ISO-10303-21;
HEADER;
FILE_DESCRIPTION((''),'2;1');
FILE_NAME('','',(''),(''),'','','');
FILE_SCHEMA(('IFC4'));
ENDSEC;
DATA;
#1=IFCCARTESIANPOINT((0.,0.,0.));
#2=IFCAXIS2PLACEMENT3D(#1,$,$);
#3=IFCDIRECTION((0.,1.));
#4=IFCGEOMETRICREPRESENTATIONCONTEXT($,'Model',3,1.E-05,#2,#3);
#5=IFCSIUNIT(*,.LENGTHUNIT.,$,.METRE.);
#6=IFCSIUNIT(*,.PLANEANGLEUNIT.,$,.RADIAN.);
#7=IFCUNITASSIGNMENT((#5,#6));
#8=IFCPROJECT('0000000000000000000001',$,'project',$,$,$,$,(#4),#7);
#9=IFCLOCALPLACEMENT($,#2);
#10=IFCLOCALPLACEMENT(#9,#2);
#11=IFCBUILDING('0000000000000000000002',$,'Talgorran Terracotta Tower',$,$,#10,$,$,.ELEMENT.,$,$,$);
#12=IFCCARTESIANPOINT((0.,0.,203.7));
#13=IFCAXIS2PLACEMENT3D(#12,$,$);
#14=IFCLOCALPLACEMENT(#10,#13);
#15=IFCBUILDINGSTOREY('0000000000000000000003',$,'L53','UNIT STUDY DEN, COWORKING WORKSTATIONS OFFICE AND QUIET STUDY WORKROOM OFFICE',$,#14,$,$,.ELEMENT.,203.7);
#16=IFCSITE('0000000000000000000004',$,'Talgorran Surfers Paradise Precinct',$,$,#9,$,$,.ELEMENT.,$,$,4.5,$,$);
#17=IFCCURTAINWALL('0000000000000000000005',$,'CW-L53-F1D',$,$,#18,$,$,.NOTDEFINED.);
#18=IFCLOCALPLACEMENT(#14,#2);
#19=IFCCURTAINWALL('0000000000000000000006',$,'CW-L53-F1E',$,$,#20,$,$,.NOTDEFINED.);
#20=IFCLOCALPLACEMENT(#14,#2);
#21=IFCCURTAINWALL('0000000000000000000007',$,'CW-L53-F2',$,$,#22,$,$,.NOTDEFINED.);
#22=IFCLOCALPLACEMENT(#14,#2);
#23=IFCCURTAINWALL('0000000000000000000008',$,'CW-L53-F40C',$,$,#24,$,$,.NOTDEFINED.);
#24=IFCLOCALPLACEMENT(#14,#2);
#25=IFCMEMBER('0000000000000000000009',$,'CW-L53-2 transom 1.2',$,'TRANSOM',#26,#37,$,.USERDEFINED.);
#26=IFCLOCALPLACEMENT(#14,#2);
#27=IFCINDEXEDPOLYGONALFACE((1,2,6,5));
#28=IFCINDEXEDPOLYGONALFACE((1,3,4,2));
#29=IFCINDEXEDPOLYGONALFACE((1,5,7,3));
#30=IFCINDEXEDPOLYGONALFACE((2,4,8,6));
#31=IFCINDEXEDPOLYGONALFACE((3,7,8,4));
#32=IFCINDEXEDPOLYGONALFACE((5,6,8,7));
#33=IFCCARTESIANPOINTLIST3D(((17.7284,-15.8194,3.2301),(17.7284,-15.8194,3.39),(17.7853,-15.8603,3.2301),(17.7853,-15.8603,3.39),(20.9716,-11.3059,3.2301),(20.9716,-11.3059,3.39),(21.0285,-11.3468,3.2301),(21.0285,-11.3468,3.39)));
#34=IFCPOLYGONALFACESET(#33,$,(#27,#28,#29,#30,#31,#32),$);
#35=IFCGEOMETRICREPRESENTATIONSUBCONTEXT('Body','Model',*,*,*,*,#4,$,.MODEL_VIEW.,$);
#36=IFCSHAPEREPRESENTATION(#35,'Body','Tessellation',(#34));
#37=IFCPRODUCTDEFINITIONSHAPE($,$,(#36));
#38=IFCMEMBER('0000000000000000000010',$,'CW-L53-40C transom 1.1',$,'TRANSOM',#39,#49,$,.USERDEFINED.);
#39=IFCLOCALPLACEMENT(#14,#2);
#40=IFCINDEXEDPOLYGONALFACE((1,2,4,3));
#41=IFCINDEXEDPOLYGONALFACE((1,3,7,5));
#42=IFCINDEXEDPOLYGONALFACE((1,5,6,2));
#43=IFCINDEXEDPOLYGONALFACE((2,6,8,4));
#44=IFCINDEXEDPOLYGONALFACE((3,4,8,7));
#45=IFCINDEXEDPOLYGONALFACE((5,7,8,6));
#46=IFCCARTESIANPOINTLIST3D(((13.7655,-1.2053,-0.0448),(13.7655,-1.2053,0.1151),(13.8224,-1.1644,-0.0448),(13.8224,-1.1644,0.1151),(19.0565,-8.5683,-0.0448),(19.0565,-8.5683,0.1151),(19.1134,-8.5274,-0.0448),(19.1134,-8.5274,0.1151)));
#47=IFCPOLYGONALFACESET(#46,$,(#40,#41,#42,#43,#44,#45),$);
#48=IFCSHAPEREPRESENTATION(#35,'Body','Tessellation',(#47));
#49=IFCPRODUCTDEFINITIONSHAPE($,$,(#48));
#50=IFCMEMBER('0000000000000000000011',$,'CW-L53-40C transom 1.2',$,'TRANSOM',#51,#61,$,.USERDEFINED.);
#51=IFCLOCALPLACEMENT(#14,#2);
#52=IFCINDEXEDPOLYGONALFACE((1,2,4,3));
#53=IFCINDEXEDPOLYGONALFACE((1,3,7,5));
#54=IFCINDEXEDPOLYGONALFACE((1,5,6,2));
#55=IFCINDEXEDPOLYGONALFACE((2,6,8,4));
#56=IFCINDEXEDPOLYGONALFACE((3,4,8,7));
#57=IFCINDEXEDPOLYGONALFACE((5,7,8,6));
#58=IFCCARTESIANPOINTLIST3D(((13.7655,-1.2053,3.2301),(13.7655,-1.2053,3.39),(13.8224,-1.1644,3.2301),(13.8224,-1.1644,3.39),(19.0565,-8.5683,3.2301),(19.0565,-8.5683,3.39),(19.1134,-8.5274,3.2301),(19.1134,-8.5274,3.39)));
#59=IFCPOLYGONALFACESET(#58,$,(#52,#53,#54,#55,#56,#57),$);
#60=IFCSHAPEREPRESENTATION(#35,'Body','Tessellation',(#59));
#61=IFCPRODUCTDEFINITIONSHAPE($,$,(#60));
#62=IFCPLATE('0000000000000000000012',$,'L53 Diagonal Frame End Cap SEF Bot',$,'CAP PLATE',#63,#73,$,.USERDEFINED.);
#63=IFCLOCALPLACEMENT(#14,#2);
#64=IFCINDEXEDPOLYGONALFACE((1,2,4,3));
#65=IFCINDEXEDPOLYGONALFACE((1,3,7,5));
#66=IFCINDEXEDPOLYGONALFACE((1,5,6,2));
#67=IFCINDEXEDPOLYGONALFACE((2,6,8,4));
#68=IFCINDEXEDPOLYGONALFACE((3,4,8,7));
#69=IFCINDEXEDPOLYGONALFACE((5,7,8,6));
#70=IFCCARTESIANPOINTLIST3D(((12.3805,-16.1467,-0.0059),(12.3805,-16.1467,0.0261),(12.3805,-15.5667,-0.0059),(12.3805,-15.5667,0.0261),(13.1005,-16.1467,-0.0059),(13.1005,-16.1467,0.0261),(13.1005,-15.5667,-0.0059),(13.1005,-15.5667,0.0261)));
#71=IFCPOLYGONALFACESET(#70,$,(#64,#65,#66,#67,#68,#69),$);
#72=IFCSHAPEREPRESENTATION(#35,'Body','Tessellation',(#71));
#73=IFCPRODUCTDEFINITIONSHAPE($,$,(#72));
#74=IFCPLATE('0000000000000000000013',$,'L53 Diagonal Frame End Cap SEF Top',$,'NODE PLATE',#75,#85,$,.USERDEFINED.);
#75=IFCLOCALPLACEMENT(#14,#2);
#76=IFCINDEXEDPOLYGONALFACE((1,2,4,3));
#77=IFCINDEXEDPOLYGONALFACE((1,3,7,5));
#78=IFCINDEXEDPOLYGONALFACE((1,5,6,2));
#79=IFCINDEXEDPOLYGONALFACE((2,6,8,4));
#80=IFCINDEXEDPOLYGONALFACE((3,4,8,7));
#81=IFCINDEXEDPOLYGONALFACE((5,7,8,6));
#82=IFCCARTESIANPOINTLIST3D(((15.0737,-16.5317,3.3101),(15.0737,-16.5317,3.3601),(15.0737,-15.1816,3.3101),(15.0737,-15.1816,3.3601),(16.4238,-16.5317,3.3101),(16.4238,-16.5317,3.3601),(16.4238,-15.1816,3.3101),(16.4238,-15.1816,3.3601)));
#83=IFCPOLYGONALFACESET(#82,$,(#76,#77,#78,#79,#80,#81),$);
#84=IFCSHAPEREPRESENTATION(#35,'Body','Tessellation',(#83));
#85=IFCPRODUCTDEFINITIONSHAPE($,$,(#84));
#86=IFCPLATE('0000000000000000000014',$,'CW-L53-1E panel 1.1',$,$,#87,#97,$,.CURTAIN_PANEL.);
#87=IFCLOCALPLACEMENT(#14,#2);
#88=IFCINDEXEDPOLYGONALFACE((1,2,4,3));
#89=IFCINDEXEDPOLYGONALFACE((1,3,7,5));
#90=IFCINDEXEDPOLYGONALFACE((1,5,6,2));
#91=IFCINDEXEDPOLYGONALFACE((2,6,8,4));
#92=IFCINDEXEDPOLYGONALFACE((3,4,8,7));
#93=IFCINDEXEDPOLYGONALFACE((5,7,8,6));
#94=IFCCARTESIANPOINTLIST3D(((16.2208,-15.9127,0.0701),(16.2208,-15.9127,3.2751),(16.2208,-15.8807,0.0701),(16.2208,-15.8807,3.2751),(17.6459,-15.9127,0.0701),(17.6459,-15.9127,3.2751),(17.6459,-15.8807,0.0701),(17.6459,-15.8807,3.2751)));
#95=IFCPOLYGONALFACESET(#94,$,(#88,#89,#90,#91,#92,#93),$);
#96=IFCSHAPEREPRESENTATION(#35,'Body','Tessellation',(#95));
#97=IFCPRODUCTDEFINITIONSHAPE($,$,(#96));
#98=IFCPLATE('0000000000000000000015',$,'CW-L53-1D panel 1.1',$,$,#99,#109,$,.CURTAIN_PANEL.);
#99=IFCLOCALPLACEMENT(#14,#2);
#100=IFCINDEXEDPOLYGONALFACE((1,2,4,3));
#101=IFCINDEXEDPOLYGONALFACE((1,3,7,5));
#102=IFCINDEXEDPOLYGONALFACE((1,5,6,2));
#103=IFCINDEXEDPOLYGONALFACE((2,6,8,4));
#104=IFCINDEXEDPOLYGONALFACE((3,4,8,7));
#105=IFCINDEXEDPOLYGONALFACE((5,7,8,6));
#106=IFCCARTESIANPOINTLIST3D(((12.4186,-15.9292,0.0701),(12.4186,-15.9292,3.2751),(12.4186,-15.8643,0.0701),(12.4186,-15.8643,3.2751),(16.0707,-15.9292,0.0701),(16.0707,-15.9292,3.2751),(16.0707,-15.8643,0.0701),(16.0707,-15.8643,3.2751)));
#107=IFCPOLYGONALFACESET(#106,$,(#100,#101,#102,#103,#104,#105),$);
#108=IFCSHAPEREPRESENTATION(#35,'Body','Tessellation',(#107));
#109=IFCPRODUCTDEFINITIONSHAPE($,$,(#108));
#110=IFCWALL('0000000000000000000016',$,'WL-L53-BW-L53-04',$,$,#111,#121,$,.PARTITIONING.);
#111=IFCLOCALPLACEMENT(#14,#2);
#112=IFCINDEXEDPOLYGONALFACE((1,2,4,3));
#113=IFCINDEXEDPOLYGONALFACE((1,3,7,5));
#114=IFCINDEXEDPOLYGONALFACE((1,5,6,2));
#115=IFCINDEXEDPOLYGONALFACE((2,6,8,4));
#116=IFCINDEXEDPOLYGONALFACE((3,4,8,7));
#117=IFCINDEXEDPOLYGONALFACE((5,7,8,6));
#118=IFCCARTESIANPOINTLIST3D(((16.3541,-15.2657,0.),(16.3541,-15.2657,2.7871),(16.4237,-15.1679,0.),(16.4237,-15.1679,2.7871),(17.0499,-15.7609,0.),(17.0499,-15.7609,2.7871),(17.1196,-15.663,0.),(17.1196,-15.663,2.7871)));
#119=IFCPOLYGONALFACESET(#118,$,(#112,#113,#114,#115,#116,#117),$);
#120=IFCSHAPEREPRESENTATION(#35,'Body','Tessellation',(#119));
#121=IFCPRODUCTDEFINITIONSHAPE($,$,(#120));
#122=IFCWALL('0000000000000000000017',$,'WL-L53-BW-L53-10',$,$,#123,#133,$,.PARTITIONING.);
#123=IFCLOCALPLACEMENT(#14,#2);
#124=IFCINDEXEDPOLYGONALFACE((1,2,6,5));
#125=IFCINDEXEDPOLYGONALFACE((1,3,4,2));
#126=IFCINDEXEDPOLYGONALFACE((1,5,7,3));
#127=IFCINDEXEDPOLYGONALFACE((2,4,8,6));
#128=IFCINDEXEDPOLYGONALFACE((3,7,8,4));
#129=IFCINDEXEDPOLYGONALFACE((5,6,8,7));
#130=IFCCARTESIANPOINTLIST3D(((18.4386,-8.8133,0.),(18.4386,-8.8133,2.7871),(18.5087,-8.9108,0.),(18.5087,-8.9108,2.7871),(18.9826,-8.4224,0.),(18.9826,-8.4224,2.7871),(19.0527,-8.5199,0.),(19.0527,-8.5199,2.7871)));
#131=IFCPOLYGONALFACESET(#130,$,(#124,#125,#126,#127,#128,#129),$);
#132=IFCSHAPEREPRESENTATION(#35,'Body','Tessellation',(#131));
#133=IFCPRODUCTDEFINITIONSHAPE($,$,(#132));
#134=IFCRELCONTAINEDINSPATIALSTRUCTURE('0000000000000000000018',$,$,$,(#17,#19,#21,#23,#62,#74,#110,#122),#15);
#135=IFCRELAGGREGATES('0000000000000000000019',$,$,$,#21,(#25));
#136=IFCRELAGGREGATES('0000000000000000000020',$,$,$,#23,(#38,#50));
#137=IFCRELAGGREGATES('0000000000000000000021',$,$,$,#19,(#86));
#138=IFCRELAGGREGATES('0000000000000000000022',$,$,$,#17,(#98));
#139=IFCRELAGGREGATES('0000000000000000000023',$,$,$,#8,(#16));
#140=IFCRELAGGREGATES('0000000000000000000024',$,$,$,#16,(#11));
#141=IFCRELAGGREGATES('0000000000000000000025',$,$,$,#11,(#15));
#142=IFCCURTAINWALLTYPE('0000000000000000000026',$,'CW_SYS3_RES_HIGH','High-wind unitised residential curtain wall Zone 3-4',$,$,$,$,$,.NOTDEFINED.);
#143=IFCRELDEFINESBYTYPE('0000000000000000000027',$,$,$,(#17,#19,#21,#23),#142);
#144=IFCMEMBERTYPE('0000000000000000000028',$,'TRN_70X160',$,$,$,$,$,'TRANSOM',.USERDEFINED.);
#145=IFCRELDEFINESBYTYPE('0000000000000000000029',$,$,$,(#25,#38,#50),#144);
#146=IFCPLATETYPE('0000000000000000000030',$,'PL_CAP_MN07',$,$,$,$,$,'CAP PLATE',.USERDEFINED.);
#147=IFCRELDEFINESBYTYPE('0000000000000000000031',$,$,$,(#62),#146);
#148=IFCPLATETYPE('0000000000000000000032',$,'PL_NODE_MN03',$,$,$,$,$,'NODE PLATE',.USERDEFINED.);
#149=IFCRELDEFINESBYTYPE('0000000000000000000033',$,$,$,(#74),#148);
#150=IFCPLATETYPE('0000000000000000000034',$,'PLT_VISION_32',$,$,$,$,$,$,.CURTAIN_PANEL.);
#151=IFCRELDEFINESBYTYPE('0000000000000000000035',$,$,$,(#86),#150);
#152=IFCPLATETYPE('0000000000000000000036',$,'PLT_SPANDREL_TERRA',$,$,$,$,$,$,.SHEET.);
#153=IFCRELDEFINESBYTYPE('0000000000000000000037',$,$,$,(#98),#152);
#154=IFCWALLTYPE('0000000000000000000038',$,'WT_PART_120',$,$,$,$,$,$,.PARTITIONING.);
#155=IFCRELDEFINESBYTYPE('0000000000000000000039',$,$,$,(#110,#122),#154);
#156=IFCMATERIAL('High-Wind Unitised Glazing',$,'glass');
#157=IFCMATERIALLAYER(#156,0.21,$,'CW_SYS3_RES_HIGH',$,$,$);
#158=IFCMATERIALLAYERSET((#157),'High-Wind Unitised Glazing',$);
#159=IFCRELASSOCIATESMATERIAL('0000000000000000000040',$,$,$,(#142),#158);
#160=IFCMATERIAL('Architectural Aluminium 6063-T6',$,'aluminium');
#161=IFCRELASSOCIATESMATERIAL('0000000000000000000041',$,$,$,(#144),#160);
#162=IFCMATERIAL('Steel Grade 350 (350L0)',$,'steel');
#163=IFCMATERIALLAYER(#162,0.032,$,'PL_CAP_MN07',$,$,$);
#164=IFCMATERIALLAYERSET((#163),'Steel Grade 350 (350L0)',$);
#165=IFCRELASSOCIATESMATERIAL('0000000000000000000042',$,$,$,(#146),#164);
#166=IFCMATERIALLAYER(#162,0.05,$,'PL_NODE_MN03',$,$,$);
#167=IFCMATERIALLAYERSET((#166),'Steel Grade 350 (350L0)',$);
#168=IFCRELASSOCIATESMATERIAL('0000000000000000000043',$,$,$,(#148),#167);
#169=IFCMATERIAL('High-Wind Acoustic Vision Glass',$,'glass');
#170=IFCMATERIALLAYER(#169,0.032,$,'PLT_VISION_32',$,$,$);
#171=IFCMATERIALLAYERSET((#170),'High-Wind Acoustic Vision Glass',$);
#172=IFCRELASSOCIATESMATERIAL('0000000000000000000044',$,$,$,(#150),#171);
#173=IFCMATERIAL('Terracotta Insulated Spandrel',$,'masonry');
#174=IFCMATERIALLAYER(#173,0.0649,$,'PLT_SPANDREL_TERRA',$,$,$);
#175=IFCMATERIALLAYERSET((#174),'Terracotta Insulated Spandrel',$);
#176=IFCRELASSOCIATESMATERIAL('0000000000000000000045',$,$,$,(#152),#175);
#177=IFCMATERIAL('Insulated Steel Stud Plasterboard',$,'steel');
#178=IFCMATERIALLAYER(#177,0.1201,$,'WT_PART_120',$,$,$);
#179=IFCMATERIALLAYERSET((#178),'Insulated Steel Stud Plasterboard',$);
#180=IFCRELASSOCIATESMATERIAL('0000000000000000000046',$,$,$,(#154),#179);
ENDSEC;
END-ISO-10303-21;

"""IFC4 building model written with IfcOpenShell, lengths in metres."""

from ifc_helpers import new_model, si_unit, direction, frame, frame_2d, origin, origin_2d, place, context, subcontext, project, spatial, rectangle, extrude, source, transform, mapped, material, layer, layer_set, material_profile, profile_set, type_object, type_shapes, element, aggregate, save


model = new_model("IFC4")

# Units and contexts
model_context = context("Model", 3, precision=1e-05, world=origin(), true_north=direction((0.0, 1.0)))
body_context = subcontext(model_context, "Body", "Model", "MODEL_VIEW")
ifc_project = project(units=[si_unit("LENGTHUNIT", "METRE"), si_unit("PLANEANGLEUNIT", "RADIAN")], contexts=[model_context])

# Site, building, storey
site_placement = place(None, origin())
site = spatial("IfcSite", under=ifc_project, at=site_placement, Name="Talgorran Surfers Paradise Precinct", CompositionType="ELEMENT", RefElevation=4.5)
building_placement = place(site_placement, origin())
building = spatial("IfcBuilding", under=site, at=building_placement, Name="Talgorran Terracotta Tower", CompositionType="ELEMENT")
storey_placement = place(building_placement, frame((0.0, 0.0, 203.7)))
storey = spatial("IfcBuildingStorey", under=building, at=storey_placement, Name="L53", Description="UNIT STUDY DEN, COWORKING WORKSTATIONS OFFICE AND QUIET STUDY WORKROOM OFFICE", CompositionType="ELEMENT", Elevation=203.7)

# Shared definitions
ifc_material_1 = material(Name="Steel Grade 350 (350L0)", Category="steel")

# Curtain wall
ifc_material_2 = material(Name="High-Wind Unitised Glazing", Category="glass")
ifc_layer_1 = layer(ifc_material_2, 0.21, Name="CW_SYS3_RES_HIGH")
ifc_layer_set_1 = layer_set([ifc_layer_1], Name="High-Wind Unitised Glazing")
curtain_wall_type = type_object("IfcCurtainWallType", Name="CW_SYS3_RES_HIGH", Description="High-wind unitised residential curtain wall Zone 3-4", PredefinedType="NOTDEFINED", material=ifc_layer_set_1)
curtain_wall_1_placement = place(storey_placement, origin())
curtain_wall_1 = element("IfcCurtainWall", 1, at=curtain_wall_1_placement, inside=storey, type_object=curtain_wall_type, Name="CW-L53-F1D", PredefinedType="NOTDEFINED")
ifc_material_3 = material(Name="Architectural Aluminium 6063-T6", Category="aluminium")

# Curtain wall
curtain_wall_2_placement = place(storey_placement, origin())
curtain_wall_2 = element("IfcCurtainWall", 2, at=curtain_wall_2_placement, inside=storey, type_object=curtain_wall_type, Name="CW-L53-F1E", PredefinedType="NOTDEFINED")

# Curtain walls
curtain_wall_3_placement = place(storey_placement, origin())
curtain_wall_3 = element("IfcCurtainWall", 3, at=curtain_wall_3_placement, inside=storey, type_object=curtain_wall_type, Name="CW-L53-F2", PredefinedType="NOTDEFINED")
curtain_wall_4_placement = place(storey_placement, origin())
curtain_wall_4 = element("IfcCurtainWall", 4, at=curtain_wall_4_placement, inside=storey, type_object=curtain_wall_type, Name="CW-L53-F40C", PredefinedType="NOTDEFINED")

# Members
ifc_material_profile_1 = material_profile(ifc_material_3, rectangle(XDim=0.0701, YDim=0.1599, at=origin_2d()), Name="CWT70X160")
ifc_profile_set_1 = profile_set([ifc_material_profile_1], Name="Architectural Aluminium 6063-T6")
member_type_1 = type_object("IfcMemberType", Name="TRN_70X160", ElementType="TRANSOM", PredefinedType="USERDEFINED", material=ifc_profile_set_1)
member_1_placement = place(storey_placement, frame((17.7568, -15.8398, 3.3101), z_axis=(0.583534, 0.812089, 0.0), x_axis=(-0.812089, 0.583534, 0.0)))
member_1 = element("IfcMember", 5, at=member_1_placement, type_object=member_type_1, Name="CW-L53-2 transom 1.2", ObjectType="TRANSOM", PredefinedType="USERDEFINED", context=body_context, shape_type="SweptSolid", body=[
    extrude(rectangle(XDim=0.0701, YDim=0.1599, at=origin_2d()), origin(), (0.0, 0.0, 1.0), 5.5579),
])
aggregate(curtain_wall_3, [member_1])
member_2_placement = place(storey_placement, frame((19.085, -8.5479, 0.0352), z_axis=(-0.583551, 0.812076, 0.0), x_axis=(-0.812076, -0.583551, 0.0)))
member_2 = element("IfcMember", 6, at=member_2_placement, type_object=member_type_1, Name="CW-L53-40C transom 1.1", ObjectType="TRANSOM", PredefinedType="USERDEFINED", context=body_context, shape_type="SweptSolid", body=[
    extrude(rectangle(XDim=0.0701, YDim=0.1599, at=origin_2d()), origin(), (0.0, 0.0, 1.0), 9.0669),
])
member_3_placement = place(storey_placement, frame((19.085, -8.5479, 3.3101), z_axis=(-0.583551, 0.812076, 0.0), x_axis=(-0.812076, -0.583551, 0.0)))
member_3 = element("IfcMember", 7, at=member_3_placement, type_object=member_type_1, Name="CW-L53-40C transom 1.2", ObjectType="TRANSOM", PredefinedType="USERDEFINED", context=body_context, shape_type="SweptSolid", body=[
    extrude(rectangle(XDim=0.0701, YDim=0.1599, at=origin_2d()), origin(), (0.0, 0.0, 1.0), 9.0669),
])
aggregate(curtain_wall_4, [member_2, member_3])

# Plates
ifc_layer_2 = layer(ifc_material_1, 0.032, Name="PL_CAP_MN07")
ifc_layer_set_2 = layer_set([ifc_layer_2], Name="Steel Grade 350 (350L0)")
plate_type_1 = type_object("IfcPlateType", Name="PL_CAP_MN07", ElementType="CAP PLATE", PredefinedType="USERDEFINED", material=ifc_layer_set_2)
plate_1_placement = place(storey_placement, frame((12.7405, -15.8567, -0.0059), z_axis=(0.0, 0.0, 1.0), x_axis=(1.0, 0.0, 0.0)))
element("IfcPlate", 8, at=plate_1_placement, inside=storey, type_object=plate_type_1, Name="L53 Diagonal Frame End Cap SEF Bot", ObjectType="CAP PLATE", PredefinedType="USERDEFINED", context=body_context, shape_type="SweptSolid", body=[
    extrude(rectangle(XDim=0.72, YDim=0.5801, at=origin_2d()), origin(), (0.0, 0.0, 1.0), 0.032),
])
ifc_layer_3 = layer(ifc_material_1, 0.05, Name="PL_NODE_MN03")
ifc_layer_set_3 = layer_set([ifc_layer_3], Name="Steel Grade 350 (350L0)")
plate_type_2 = type_object("IfcPlateType", Name="PL_NODE_MN03", ElementType="NODE PLATE", PredefinedType="USERDEFINED", material=ifc_layer_set_3)
plate_2_placement = place(storey_placement, frame((15.7488, -15.8567, 3.3101), z_axis=(0.0, 0.0, 1.0), x_axis=(1.0, 0.0, 0.0)))
element("IfcPlate", 9, at=plate_2_placement, inside=storey, type_object=plate_type_2, Name="L53 Diagonal Frame End Cap SEF Top", ObjectType="NODE PLATE", PredefinedType="USERDEFINED", context=body_context, shape_type="SweptSolid", body=[
    extrude(rectangle(XDim=1.3501, YDim=1.3501, at=origin_2d()), origin(), (0.0, 0.0, 1.0), 0.05),
])

# Plates
ifc_material_4 = material(Name="High-Wind Acoustic Vision Glass", Category="glass")
ifc_layer_4 = layer(ifc_material_4, 0.032, Name="PLT_VISION_32")
ifc_layer_set_4 = layer_set([ifc_layer_4], Name="High-Wind Acoustic Vision Glass")
plate_type_3 = type_object("IfcPlateType", Name="PLT_VISION_32", PredefinedType="CURTAIN_PANEL", material=ifc_layer_set_4)
shared_shape_1 = source(origin(), body_context, "Body", "SweptSolid", [
    extrude(rectangle(XDim=1.425, YDim=0.032, at=origin_2d()), origin(), (0.0, 0.0, 1.0), 3.2051),
])
type_shapes(plate_type_3, [shared_shape_1])
plate_3_placement = place(storey_placement, frame((16.9333, -15.8967, 0.0701), z_axis=(0.0, 0.0, 1.0), x_axis=(1.0, 0.0, 0.0)))
plate_3 = element("IfcPlate", 10, at=plate_3_placement, type_object=plate_type_3, Name="CW-L53-1E panel 1.1", PredefinedType="CURTAIN_PANEL", context=body_context, shape_type="MappedRepresentation", body=[
    mapped(shared_shape_1, transform((0.0, 0.0, 0.0), scale=1.0)),
])
aggregate(curtain_wall_2, [plate_3])
ifc_material_5 = material(Name="Terracotta Insulated Spandrel", Category="masonry")
ifc_layer_5 = layer(ifc_material_5, 0.0649, Name="PLT_SPANDREL_TERRA")
ifc_layer_set_5 = layer_set([ifc_layer_5], Name="Terracotta Insulated Spandrel")
plate_type_4 = type_object("IfcPlateType", Name="PLT_SPANDREL_TERRA", PredefinedType="SHEET", material=ifc_layer_set_5)
shared_shape_2 = source(origin(), body_context, "Body", "SweptSolid", [
    extrude(rectangle(XDim=3.6521, YDim=0.0649, at=origin_2d()), origin(), (0.0, 0.0, 1.0), 3.2051),
])
type_shapes(plate_type_4, [shared_shape_2])
plate_4_placement = place(storey_placement, frame((14.2446, -15.8967, 0.0701), z_axis=(0.0, 0.0, 1.0), x_axis=(1.0, 0.0, 0.0)))
plate_4 = element("IfcPlate", 11, at=plate_4_placement, type_object=plate_type_4, Name="CW-L53-1D panel 1.1", PredefinedType="CURTAIN_PANEL", context=body_context, shape_type="MappedRepresentation", body=[
    mapped(shared_shape_2, transform((0.0, 0.0, 0.0), scale=1.0)),
])
aggregate(curtain_wall_1, [plate_4])

# Walls
ifc_material_6 = material(Name="Insulated Steel Stud Plasterboard", Category="steel")
ifc_layer_6 = layer(ifc_material_6, 0.1201, Name="WT_PART_120")
ifc_layer_set_6 = layer_set([ifc_layer_6], Name="Insulated Steel Stud Plasterboard")
wall_type = type_object("IfcWallType", Name="WT_PART_120", PredefinedType="PARTITIONING", material=ifc_layer_set_6)
wall_1_placement = place(storey_placement, frame((16.3889, -15.2168, 0.0), z_axis=(0.0, 0.0, 1.0), x_axis=(0.814775, -0.579777, 0.0)))
element("IfcWall", 12, at=wall_1_placement, inside=storey, type_object=wall_type, Name="WL-L53-BW-L53-04", PredefinedType="PARTITIONING", context=body_context, shape_type="SweptSolid", body=[
    extrude(rectangle(XDim=0.854, YDim=0.1201, at=frame_2d((0.427, 0.0))), origin(), (0.0, 0.0, 1.0), 2.7871),
])
wall_2_placement = place(storey_placement, frame((18.4736, -8.8621, 0.0), z_axis=(0.0, 0.0, 1.0), x_axis=(0.81208, 0.583546, 0.0)))
element("IfcWall", 13, at=wall_2_placement, inside=storey, type_object=wall_type, Name="WL-L53-BW-L53-10", PredefinedType="PARTITIONING", context=body_context, shape_type="SweptSolid", body=[
    extrude(rectangle(XDim=0.6699, YDim=0.1201, at=frame_2d((0.335, 0.0))), origin(), (0.0, 0.0, 1.0), 2.7871),
])

save(model, "model.ifc")
